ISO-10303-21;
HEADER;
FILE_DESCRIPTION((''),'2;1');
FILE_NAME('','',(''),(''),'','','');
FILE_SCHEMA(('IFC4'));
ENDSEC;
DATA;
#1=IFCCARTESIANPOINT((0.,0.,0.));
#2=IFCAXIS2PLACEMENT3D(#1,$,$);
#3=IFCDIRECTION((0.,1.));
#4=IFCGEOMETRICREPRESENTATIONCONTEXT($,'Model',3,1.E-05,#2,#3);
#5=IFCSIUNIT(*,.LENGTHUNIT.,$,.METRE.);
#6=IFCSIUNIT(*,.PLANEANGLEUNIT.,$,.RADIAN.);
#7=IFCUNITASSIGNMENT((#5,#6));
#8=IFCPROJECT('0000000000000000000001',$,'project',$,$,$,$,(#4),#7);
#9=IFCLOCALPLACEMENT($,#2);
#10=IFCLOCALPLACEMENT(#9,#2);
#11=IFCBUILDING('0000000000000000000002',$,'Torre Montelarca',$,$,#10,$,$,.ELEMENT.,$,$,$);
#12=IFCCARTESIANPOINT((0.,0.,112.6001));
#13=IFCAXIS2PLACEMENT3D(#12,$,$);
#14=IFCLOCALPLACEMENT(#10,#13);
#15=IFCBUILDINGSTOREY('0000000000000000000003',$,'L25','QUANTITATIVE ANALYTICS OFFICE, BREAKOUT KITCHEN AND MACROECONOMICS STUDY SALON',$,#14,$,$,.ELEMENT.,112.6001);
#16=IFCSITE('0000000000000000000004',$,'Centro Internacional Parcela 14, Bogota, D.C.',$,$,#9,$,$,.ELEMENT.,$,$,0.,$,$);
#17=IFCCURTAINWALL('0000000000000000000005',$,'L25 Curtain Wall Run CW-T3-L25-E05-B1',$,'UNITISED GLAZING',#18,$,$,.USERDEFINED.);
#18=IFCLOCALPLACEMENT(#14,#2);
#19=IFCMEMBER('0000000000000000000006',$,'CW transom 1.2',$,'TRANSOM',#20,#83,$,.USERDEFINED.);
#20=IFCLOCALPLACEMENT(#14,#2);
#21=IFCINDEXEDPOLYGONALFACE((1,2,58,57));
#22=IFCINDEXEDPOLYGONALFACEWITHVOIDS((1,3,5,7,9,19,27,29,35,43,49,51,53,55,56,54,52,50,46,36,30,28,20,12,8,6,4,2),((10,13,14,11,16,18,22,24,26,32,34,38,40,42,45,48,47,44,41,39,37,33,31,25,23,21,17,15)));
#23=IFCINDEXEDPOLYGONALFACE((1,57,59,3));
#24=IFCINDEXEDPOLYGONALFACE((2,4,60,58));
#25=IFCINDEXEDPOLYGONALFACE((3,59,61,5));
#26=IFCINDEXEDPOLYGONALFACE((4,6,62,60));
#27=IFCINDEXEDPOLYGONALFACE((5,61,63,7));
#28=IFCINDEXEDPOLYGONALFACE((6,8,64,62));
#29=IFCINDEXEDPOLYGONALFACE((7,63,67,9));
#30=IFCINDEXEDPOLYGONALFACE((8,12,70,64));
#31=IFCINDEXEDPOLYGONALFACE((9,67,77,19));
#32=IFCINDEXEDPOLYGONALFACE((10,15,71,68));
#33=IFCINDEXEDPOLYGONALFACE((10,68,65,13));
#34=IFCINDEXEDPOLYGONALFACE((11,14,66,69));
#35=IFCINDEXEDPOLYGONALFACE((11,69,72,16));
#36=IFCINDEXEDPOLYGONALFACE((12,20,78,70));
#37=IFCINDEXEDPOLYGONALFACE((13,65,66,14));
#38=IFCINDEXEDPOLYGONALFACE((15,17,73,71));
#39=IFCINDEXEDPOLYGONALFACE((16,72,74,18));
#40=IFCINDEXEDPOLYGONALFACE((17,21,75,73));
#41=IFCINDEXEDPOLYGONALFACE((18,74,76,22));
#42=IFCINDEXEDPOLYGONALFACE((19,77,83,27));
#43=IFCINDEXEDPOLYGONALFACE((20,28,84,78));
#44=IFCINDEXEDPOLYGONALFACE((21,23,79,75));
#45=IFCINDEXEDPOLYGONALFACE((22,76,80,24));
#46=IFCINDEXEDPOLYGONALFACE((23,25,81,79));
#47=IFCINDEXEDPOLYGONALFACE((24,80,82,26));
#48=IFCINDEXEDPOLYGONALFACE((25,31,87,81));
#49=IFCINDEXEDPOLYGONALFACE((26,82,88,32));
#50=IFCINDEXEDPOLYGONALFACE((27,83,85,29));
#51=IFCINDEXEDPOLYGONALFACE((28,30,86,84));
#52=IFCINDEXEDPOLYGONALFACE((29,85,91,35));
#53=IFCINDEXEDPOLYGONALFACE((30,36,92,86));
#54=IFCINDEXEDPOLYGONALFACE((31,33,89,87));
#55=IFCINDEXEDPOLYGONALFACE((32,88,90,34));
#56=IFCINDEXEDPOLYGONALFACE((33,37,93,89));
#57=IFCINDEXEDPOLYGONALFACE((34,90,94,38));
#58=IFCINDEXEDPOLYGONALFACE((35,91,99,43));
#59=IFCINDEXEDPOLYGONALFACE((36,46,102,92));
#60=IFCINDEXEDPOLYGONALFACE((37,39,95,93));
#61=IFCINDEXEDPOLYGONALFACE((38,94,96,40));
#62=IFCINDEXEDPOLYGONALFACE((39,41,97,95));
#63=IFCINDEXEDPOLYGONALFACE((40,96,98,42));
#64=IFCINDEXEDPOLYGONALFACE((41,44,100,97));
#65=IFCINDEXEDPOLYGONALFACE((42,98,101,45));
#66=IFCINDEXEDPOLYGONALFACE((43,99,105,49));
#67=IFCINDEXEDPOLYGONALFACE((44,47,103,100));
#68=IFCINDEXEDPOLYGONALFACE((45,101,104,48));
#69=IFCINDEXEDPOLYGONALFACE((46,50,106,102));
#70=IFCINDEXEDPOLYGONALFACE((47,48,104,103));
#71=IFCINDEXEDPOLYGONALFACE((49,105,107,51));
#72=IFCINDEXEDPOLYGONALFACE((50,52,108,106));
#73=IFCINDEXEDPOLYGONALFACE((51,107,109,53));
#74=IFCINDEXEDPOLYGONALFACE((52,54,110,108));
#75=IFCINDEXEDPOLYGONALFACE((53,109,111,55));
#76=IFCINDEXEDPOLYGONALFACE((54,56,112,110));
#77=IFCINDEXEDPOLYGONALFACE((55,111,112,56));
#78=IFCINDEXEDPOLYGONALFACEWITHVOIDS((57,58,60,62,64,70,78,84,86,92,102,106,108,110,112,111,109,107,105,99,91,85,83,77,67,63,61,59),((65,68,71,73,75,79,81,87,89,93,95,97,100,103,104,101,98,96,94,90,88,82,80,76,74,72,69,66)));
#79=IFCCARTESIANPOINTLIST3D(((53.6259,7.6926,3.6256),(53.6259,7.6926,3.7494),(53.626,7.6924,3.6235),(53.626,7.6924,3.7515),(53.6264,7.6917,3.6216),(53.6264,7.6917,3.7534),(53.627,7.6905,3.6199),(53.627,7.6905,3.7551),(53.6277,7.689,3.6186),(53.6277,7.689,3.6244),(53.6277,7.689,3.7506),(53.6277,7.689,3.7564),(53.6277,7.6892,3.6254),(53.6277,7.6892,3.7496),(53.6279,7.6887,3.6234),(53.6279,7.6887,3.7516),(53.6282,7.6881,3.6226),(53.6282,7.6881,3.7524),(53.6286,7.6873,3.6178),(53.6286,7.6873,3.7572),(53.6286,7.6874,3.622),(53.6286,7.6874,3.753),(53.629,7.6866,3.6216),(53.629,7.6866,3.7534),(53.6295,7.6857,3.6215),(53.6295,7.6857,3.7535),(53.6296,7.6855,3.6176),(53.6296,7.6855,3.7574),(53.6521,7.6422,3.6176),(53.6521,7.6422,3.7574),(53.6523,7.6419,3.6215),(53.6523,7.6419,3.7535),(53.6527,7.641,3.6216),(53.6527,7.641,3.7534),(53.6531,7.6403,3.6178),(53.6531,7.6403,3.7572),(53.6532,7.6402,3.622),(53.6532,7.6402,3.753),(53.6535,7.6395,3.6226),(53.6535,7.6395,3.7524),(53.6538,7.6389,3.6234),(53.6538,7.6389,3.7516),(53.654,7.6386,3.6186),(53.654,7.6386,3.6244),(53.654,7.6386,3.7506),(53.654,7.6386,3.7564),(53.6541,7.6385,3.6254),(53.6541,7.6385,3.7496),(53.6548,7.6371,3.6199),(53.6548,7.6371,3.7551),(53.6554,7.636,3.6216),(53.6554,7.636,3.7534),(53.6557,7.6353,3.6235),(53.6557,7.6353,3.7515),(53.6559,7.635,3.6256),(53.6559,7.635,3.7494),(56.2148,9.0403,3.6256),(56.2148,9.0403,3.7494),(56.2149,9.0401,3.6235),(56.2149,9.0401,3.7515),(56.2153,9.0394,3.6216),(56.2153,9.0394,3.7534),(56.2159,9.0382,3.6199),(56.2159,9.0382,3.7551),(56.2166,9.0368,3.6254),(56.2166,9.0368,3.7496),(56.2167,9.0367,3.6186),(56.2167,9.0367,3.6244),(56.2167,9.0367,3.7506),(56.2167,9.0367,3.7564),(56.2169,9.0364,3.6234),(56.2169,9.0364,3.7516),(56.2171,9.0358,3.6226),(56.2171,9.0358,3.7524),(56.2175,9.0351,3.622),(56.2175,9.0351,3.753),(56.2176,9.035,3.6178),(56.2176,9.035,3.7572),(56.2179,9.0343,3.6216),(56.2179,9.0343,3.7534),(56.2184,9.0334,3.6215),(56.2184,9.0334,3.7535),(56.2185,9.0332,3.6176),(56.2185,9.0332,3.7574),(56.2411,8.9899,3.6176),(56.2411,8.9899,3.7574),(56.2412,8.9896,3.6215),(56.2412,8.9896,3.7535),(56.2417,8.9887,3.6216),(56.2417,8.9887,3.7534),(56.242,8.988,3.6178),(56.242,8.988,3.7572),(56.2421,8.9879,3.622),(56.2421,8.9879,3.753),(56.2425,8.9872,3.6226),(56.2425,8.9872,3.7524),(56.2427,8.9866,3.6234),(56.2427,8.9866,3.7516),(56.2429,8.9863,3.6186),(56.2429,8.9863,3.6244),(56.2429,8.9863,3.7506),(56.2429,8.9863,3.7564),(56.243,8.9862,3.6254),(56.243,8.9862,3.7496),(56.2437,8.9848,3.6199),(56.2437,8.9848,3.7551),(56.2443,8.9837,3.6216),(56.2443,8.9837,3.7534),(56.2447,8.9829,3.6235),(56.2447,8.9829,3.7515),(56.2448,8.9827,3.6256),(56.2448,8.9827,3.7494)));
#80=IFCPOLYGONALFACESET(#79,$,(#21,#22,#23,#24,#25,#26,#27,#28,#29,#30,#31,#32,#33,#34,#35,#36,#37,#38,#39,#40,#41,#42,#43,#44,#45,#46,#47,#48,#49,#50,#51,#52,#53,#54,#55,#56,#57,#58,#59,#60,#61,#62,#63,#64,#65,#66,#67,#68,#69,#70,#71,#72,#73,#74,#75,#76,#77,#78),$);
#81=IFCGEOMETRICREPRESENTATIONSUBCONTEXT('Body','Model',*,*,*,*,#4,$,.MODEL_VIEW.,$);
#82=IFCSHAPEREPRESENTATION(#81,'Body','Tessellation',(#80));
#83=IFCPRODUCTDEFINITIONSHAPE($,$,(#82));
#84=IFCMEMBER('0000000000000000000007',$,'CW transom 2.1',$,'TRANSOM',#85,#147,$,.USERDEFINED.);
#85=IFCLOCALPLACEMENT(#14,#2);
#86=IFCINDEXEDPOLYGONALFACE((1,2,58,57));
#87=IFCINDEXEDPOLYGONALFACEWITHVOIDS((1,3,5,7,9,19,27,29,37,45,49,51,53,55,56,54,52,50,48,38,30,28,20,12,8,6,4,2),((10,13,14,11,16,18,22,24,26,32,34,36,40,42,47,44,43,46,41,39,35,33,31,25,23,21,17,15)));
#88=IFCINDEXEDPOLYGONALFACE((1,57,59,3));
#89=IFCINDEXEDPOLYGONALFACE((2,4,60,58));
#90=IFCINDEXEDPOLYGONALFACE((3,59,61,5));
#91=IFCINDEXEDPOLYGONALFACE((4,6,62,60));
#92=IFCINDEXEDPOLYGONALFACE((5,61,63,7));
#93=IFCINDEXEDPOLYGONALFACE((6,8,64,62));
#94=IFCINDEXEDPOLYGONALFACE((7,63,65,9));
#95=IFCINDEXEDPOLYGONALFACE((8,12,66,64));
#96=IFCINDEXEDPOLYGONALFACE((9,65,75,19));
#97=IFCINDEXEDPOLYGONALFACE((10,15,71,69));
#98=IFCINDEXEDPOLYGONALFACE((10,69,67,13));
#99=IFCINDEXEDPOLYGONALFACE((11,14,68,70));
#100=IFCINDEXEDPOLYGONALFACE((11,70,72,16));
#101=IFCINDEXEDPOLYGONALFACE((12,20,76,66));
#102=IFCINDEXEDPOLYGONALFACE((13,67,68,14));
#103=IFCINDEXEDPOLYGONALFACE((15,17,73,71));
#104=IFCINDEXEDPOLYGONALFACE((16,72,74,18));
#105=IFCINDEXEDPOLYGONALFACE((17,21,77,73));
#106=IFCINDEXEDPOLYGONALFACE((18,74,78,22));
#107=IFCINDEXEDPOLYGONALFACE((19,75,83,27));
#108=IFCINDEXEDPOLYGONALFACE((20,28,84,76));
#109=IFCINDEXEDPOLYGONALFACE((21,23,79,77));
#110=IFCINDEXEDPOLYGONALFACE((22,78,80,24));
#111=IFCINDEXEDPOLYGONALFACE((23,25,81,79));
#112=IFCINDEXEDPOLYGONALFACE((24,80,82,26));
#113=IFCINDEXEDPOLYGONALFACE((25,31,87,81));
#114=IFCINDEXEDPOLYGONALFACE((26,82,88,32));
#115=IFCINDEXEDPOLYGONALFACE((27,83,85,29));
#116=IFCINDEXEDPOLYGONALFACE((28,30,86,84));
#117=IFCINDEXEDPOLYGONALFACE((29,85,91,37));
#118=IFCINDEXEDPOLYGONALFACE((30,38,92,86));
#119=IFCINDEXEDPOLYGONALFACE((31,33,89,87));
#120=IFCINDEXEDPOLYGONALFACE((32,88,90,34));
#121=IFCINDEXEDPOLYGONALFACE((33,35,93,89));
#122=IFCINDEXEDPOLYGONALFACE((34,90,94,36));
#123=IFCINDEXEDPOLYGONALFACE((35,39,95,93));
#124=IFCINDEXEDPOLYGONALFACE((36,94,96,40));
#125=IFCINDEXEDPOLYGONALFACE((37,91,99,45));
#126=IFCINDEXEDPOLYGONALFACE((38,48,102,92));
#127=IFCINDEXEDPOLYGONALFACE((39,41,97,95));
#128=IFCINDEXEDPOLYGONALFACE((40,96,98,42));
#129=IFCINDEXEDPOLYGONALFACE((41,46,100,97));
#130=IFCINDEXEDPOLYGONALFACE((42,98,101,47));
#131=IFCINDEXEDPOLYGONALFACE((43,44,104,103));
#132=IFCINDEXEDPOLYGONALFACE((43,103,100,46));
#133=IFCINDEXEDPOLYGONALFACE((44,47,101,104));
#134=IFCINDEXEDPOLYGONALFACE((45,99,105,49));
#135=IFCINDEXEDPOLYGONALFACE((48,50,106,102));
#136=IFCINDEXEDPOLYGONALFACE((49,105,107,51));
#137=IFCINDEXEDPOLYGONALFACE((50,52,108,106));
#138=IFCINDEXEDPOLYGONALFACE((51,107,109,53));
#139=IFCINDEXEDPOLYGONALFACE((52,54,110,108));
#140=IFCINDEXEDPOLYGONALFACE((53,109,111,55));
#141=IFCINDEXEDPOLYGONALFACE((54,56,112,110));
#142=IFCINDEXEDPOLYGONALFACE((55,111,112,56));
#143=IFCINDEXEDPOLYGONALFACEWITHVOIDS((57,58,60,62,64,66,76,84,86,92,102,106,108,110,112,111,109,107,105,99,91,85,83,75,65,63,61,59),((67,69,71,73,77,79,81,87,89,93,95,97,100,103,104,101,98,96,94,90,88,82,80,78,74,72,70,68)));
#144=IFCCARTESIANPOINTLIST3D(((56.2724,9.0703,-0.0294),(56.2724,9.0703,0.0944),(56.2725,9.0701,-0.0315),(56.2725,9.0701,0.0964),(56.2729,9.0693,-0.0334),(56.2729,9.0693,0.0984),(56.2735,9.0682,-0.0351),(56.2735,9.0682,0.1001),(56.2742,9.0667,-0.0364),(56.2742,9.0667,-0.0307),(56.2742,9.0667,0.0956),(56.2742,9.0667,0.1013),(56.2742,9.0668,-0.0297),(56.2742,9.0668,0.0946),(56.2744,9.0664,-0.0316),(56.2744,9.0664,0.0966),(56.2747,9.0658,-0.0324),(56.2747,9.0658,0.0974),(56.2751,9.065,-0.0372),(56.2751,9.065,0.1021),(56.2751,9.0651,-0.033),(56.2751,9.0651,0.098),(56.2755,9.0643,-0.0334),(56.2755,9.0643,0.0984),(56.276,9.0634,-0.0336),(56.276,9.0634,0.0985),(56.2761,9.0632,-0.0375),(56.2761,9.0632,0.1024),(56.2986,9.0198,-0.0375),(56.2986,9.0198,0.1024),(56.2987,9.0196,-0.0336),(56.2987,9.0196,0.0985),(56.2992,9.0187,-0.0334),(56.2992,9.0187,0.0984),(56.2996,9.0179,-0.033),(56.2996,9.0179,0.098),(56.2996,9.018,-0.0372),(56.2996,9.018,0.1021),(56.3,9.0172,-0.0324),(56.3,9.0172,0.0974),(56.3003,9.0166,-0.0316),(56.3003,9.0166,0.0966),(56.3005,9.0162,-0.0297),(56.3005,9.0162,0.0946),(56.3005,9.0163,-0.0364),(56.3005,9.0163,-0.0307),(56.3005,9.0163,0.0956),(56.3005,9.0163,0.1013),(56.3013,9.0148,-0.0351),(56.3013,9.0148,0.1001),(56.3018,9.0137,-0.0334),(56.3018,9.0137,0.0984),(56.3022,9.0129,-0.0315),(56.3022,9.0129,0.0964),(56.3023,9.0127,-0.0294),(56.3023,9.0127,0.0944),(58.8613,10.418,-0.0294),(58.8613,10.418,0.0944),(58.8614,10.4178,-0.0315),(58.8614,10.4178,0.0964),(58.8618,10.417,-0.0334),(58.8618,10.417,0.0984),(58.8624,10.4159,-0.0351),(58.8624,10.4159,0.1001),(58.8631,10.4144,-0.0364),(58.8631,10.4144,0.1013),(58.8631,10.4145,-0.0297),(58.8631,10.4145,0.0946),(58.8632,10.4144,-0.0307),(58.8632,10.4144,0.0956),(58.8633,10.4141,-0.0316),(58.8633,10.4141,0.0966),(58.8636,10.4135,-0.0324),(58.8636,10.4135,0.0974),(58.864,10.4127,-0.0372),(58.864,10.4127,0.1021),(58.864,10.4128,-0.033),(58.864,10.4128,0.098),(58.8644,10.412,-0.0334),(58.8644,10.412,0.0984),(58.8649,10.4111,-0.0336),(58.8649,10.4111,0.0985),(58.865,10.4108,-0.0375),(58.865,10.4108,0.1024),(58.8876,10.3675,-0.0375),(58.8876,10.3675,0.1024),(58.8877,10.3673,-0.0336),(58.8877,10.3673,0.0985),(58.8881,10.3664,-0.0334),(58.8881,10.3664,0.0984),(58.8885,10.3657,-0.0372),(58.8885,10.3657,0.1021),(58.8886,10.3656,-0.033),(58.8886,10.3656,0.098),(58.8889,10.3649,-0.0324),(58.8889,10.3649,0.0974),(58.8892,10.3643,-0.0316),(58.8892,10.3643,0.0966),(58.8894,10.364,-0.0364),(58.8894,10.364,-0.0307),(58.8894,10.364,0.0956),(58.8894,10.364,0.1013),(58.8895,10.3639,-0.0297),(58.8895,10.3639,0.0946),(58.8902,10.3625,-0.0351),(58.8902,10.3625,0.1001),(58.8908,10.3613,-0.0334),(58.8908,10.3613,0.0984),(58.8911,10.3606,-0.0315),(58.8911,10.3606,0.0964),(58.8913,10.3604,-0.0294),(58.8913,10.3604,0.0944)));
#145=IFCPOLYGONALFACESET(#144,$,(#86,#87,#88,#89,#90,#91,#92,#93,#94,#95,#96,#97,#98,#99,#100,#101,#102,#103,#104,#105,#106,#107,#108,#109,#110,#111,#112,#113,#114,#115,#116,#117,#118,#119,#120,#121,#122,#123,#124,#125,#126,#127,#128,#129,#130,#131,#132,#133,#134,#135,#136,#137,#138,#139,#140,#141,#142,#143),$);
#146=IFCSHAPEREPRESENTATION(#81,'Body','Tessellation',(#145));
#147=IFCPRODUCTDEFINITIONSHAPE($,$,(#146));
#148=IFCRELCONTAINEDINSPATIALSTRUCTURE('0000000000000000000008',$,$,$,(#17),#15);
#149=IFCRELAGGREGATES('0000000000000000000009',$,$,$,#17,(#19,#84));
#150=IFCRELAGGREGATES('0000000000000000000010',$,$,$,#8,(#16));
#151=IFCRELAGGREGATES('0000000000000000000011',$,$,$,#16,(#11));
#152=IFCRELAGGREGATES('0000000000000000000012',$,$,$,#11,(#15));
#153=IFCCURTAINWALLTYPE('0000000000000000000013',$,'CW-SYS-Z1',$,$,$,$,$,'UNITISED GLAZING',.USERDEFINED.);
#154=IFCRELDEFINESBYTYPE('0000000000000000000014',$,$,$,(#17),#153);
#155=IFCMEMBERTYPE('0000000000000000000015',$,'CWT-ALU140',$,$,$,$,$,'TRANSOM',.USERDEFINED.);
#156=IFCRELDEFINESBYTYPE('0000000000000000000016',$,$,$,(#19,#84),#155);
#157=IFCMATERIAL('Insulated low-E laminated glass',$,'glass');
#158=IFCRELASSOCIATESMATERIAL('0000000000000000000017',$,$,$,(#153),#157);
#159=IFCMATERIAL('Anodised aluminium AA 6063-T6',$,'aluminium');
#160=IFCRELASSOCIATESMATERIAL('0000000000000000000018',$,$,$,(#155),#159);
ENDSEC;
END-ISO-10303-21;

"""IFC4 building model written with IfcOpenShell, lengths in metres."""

from ifc_helpers import new_model, si_unit, direction, frame, origin, origin_2d, place, context, subcontext, project, spatial, hollow_rectangle, extrude, source, transform, mapped, material, material_profile, profile_set, type_object, element, aggregate, save


model = new_model("IFC4")

# Units and contexts
model_context = context("Model", 3, precision=1e-05, world=origin(), true_north=direction((0.0, 1.0)))
body_context = subcontext(model_context, "Body", "Model", "MODEL_VIEW")
ifc_project = project(units=[si_unit("LENGTHUNIT", "METRE"), si_unit("PLANEANGLEUNIT", "RADIAN")], contexts=[model_context])

# Site, building, storey
site_placement = place(None, origin())
site = spatial("IfcSite", under=ifc_project, at=site_placement, Name="Centro Internacional Parcela 14, Bogota, D.C.", CompositionType="ELEMENT", RefElevation=0.0)
building_placement = place(site_placement, origin())
building = spatial("IfcBuilding", under=site, at=building_placement, Name="Torre Montelarca", CompositionType="ELEMENT")
storey_placement = place(building_placement, frame((0.0, 0.0, 112.6001)))
storey = spatial("IfcBuildingStorey", under=building, at=storey_placement, Name="L25", Description="QUANTITATIVE ANALYTICS OFFICE, BREAKOUT KITCHEN AND MACROECONOMICS STUDY SALON", CompositionType="ELEMENT", Elevation=112.6001)

# Curtain wall, members
ifc_material_1 = material(Name="Insulated low-E laminated glass", Category="glass")
curtain_wall_type = type_object("IfcCurtainWallType", Name="CW-SYS-Z1", ElementType="UNITISED GLAZING", PredefinedType="USERDEFINED", material=ifc_material_1)
ifc_material_2 = material(Name="Anodised aluminium AA 6063-T6", Category="aluminium")
ifc_material_profile_1 = material_profile(ifc_material_2, hollow_rectangle(XDim=0.0649, YDim=0.1399, WallThickness=0.0039, InnerFilletRadius=0.0039, OuterFilletRadius=0.0081, at=origin_2d()), Name="ALU65X140X4", Category="aluminium")
ifc_profile_set_1 = profile_set([ifc_material_profile_1], Name="Anodised aluminium AA 6063-T6")
member_type_1 = type_object("IfcMemberType", Name="CWT-ALU140", ElementType="TRANSOM", PredefinedType="USERDEFINED", material=ifc_profile_set_1)
curtain_wall_1_placement = place(storey_placement, origin())
curtain_wall_1 = element("IfcCurtainWall", 1, at=curtain_wall_1_placement, inside=storey, type_object=curtain_wall_type, Name="L25 Curtain Wall Run CW-T3-L25-E05-B1", ObjectType="UNITISED GLAZING", PredefinedType="USERDEFINED")
shared_shape_1 = source(origin(), body_context, "Body", "SweptSolid", [
    extrude(hollow_rectangle(XDim=0.0649, YDim=0.1399, WallThickness=0.0039, InnerFilletRadius=0.0039, OuterFilletRadius=0.0081, at=origin_2d()), origin(), (0.0, 0.0, 1.0), 2.9187),
])
member_1_placement = place(storey_placement, frame((53.6409, 7.6638, 3.6875), z_axis=(0.887014, 0.461742, 0.0), x_axis=(-0.461742, 0.887014, 0.0)))
member_1 = element("IfcMember", 2, at=member_1_placement, type_object=member_type_1, Name="CW transom 1.2", ObjectType="TRANSOM", PredefinedType="USERDEFINED", context=body_context, shape_type="MappedRepresentation", body=[
    mapped(shared_shape_1, transform((0.0, 0.0, 0.0), scale=1.0)),
])
member_2_placement = place(storey_placement, frame((56.2874, 9.0415, 0.0325), z_axis=(0.887014, 0.461742, 0.0), x_axis=(-0.461742, 0.887014, 0.0)))
member_2 = element("IfcMember", 3, at=member_2_placement, type_object=member_type_1, Name="CW transom 2.1", ObjectType="TRANSOM", PredefinedType="USERDEFINED", context=body_context, shape_type="MappedRepresentation", body=[
    mapped(shared_shape_1, transform((0.0, 0.0, 0.0), scale=1.0)),
])

aggregate(curtain_wall_1, [member_1, member_2])

save(model, "model.ifc")
